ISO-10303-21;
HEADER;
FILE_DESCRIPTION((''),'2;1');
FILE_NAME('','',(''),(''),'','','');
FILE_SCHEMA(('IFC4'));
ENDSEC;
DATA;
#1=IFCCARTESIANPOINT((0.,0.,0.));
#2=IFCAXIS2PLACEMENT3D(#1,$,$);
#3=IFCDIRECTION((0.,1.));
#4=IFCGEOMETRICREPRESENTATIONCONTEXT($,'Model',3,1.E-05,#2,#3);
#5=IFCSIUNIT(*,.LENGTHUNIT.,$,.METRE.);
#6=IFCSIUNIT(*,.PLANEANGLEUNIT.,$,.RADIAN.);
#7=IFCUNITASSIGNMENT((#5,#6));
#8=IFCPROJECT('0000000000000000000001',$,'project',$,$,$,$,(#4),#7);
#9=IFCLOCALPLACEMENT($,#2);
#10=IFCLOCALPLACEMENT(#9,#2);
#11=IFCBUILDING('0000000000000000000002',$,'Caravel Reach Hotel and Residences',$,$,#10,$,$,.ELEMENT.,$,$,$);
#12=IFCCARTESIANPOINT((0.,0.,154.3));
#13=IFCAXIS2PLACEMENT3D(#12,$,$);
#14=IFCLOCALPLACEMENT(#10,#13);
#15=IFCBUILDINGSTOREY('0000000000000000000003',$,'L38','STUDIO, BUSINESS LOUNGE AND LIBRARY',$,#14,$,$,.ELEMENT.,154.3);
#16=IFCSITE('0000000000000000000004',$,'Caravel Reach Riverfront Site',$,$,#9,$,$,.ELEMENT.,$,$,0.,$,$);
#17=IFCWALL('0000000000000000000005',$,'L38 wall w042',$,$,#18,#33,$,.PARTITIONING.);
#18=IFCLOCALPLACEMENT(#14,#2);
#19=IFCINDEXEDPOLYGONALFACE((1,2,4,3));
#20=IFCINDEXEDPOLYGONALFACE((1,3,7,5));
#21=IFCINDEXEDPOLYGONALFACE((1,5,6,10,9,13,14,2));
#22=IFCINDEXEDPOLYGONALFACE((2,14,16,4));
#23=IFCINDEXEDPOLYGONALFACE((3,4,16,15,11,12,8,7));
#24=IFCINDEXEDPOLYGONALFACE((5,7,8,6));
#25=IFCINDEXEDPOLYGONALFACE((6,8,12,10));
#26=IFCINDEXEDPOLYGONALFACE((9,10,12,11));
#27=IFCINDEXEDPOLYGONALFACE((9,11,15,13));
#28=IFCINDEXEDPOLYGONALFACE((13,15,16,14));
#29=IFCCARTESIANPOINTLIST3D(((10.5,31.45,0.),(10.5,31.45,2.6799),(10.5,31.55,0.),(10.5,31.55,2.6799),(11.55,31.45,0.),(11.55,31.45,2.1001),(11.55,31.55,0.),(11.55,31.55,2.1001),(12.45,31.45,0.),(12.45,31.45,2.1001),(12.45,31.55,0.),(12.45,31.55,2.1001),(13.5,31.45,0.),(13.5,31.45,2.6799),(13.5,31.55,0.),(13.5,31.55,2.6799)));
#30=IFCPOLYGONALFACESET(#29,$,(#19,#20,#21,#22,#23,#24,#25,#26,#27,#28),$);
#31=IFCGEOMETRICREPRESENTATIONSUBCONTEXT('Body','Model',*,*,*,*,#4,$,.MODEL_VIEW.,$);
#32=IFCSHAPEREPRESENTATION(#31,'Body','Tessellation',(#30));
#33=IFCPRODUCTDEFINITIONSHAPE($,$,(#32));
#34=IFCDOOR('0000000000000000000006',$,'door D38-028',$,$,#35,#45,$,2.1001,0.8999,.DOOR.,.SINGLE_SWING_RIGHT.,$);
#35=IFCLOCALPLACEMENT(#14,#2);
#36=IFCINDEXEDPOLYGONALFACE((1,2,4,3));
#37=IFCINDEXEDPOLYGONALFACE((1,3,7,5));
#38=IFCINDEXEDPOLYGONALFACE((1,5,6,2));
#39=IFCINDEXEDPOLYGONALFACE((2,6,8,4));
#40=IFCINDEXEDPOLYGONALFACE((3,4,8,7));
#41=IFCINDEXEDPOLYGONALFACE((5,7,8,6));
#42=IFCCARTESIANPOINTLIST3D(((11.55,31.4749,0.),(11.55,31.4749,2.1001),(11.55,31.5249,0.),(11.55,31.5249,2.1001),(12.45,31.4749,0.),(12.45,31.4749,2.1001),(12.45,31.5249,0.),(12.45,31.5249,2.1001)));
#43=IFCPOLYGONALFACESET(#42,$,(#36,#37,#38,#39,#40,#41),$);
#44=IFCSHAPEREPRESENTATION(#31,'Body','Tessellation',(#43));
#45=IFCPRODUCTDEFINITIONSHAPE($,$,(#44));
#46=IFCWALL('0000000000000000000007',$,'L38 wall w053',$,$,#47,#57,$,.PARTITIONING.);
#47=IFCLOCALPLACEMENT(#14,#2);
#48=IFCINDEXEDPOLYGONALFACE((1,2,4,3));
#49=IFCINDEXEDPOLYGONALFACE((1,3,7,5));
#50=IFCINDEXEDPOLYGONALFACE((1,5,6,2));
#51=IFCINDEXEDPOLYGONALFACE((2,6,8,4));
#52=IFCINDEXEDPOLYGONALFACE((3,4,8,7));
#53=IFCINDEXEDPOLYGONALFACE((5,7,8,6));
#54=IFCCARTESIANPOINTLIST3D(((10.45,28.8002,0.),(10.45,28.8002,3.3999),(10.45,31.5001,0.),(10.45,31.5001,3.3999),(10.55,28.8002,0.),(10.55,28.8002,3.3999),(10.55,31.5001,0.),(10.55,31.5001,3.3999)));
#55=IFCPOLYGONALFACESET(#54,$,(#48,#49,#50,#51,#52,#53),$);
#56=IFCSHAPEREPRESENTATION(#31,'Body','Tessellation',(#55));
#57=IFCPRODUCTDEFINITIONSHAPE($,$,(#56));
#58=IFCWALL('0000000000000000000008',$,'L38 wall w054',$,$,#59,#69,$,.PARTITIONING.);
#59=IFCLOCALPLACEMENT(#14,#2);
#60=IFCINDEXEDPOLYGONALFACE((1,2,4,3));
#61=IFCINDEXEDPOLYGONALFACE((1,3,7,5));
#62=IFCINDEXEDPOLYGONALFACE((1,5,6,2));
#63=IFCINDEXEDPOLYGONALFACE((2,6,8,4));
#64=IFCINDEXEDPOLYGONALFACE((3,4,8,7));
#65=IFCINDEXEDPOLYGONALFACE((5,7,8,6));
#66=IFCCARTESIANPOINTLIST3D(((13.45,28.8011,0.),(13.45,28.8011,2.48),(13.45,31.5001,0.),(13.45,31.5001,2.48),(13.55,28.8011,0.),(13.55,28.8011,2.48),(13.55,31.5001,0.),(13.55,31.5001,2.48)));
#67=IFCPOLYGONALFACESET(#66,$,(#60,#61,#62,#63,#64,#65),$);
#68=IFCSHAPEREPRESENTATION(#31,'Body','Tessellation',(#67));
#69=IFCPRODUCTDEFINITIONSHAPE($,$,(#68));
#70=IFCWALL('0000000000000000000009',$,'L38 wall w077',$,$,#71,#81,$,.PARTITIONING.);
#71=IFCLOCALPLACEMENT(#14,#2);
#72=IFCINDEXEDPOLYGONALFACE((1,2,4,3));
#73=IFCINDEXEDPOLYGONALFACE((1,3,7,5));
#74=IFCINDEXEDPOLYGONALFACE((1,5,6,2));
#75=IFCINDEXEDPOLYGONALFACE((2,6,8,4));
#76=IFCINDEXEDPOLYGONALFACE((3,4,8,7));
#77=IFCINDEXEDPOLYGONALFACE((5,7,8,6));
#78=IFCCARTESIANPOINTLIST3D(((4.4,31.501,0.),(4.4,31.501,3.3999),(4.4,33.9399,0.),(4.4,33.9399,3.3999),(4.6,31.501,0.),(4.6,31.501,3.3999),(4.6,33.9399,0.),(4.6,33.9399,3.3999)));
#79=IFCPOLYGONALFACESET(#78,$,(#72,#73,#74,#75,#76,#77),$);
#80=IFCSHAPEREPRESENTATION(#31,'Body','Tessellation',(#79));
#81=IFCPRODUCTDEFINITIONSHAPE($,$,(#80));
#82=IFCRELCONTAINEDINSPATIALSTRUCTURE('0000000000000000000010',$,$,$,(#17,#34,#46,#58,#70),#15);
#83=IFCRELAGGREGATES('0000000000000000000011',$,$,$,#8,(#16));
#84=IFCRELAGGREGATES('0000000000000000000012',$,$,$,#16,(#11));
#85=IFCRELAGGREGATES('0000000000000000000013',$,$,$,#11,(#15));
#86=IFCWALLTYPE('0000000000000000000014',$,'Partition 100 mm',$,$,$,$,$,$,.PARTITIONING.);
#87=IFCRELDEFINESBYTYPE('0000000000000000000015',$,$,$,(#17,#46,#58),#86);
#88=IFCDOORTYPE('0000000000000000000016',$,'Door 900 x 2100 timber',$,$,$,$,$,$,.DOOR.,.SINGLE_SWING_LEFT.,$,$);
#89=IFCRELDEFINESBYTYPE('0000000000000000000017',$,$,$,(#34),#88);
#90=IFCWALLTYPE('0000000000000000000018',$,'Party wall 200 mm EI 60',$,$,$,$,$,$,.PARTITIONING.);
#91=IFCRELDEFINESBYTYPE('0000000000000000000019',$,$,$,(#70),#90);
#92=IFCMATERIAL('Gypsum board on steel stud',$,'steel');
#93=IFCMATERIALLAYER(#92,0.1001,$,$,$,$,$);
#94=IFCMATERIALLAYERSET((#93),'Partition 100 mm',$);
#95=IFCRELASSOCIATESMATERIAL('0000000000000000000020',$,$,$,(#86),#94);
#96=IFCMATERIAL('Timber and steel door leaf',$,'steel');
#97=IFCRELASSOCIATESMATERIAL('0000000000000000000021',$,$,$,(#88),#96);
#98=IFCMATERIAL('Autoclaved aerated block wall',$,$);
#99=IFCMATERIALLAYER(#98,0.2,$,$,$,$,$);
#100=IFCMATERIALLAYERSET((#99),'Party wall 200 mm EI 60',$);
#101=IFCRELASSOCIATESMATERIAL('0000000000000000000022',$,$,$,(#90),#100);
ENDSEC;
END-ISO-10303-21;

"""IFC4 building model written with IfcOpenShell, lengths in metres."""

from ifc_helpers import new_model, si_unit, direction, frame, frame_2d, origin, place, context, subcontext, project, spatial, rectangle, extrude, material, layer, layer_set, type_object, element, fill, save


model = new_model("IFC4")

# Units and contexts
model_context = context("Model", 3, precision=1e-05, world=origin(), true_north=direction((0.0, 1.0)))
body_context = subcontext(model_context, "Body", "Model", "MODEL_VIEW")
ifc_project = project(units=[si_unit("LENGTHUNIT", "METRE"), si_unit("PLANEANGLEUNIT", "RADIAN")], contexts=[model_context])

# Site, building, storey
site_placement = place(None, origin())
site = spatial("IfcSite", under=ifc_project, at=site_placement, Name="Caravel Reach Riverfront Site", CompositionType="ELEMENT", RefElevation=0.0)
building_placement = place(site_placement, origin())
building = spatial("IfcBuilding", under=site, at=building_placement, Name="Caravel Reach Hotel and Residences", CompositionType="ELEMENT")
storey_placement = place(building_placement, frame((0.0, 0.0, 154.3)))
storey = spatial("IfcBuildingStorey", under=building, at=storey_placement, Name="L38", Description="STUDIO, BUSINESS LOUNGE AND LIBRARY", CompositionType="ELEMENT", Elevation=154.3)

# Wall, opening, door
ifc_material_1 = material(Name="Gypsum board on steel stud", Category="steel")
ifc_layer_1 = layer(ifc_material_1, 0.1001)
ifc_layer_set_1 = layer_set([ifc_layer_1], Name="Partition 100 mm")
wall_type_1 = type_object("IfcWallType", Name="Partition 100 mm", PredefinedType="PARTITIONING", material=ifc_layer_set_1)
wall_1_placement = place(storey_placement, frame((10.5, 31.5, 0.0), z_axis=(0.0, 0.0, 1.0), x_axis=(1.0, 0.0, 0.0)))
wall_1 = element("IfcWall", 1, at=wall_1_placement, inside=storey, type_object=wall_type_1, Name="L38 wall w042", PredefinedType="PARTITIONING", context=body_context, shape_type="SweptSolid", body=[
    extrude(rectangle(XDim=3.0, YDim=0.1001, at=frame_2d((1.5, 0.0))), origin(), (0.0, 0.0, 1.0), 2.6799),
])
opening_1_placement = place(wall_1_placement, frame((1.05, 0.0, 0.0)))
opening_1 = element("IfcOpeningElement", 2, at=opening_1_placement, cuts=wall_1, PredefinedType="OPENING", context=body_context, shape_type="SweptSolid", body=[
    extrude(rectangle(XDim=0.8999, YDim=2.1001, at=frame_2d((0.45, 1.05))), frame((0.0, 0.0601, 0.0), z_axis=(0.0, -1.0, 0.0), x_axis=(1.0, 0.0, 0.0)), (0.0, 0.0, 1.0), 0.1201),
])
ifc_material_2 = material(Name="Timber and steel door leaf", Category="steel")
door_type_1 = type_object("IfcDoorType", Name="Door 900 x 2100 timber", OperationType="SINGLE_SWING_LEFT", PredefinedType="DOOR", material=ifc_material_2)
door_1_placement = place(opening_1_placement, origin())
door_1 = element("IfcDoor", 3, at=door_1_placement, inside=storey, type_object=door_type_1, Name="door D38-028", OperationType="SINGLE_SWING_RIGHT", OverallHeight=2.1001, OverallWidth=0.8999, PredefinedType="DOOR", context=body_context, shape_type="SweptSolid", body=[
    extrude(rectangle(XDim=0.8999, YDim=2.1001, at=frame_2d((0.45, 1.05))), frame((0.0, 0.0249, 0.0), z_axis=(0.0, -1.0, 0.0), x_axis=(1.0, 0.0, 0.0)), (0.0, 0.0, 1.0), 0.05),
])
fill(opening_1, door_1)

# Walls
wall_2_placement = place(storey_placement, frame((10.5, 28.8, 0.0), z_axis=(0.0, 0.0, 1.0), x_axis=(0.0, 1.0, 0.0)))
element("IfcWall", 4, at=wall_2_placement, inside=storey, type_object=wall_type_1, Name="L38 wall w053", PredefinedType="PARTITIONING", context=body_context, shape_type="SweptSolid", body=[
    extrude(rectangle(XDim=2.7, YDim=0.1001, at=frame_2d((1.3501, 0.0))), origin(), (0.0, 0.0, 1.0), 3.3999),
])
wall_3_placement = place(storey_placement, frame((13.5, 28.801, 0.0), z_axis=(0.0, 0.0, 1.0), x_axis=(0.0, 1.0, 0.0)))
element("IfcWall", 5, at=wall_3_placement, inside=storey, type_object=wall_type_1, Name="L38 wall w054", PredefinedType="PARTITIONING", context=body_context, shape_type="SweptSolid", body=[
    extrude(rectangle(XDim=2.699, YDim=0.1001, at=frame_2d((1.3496, 0.0))), origin(), (0.0, 0.0, 1.0), 2.48),
])
ifc_material_3 = material(Name="Autoclaved aerated block wall")
ifc_layer_2 = layer(ifc_material_3, 0.2)
ifc_layer_set_2 = layer_set([ifc_layer_2], Name="Party wall 200 mm EI 60")
wall_type_2 = type_object("IfcWallType", Name="Party wall 200 mm EI 60", PredefinedType="PARTITIONING", material=ifc_layer_set_2)
wall_4_placement = place(storey_placement, frame((4.5, 31.501, 0.0), z_axis=(0.0, 0.0, 1.0), x_axis=(0.0, 1.0, 0.0)))
element("IfcWall", 6, at=wall_4_placement, inside=storey, type_object=wall_type_2, Name="L38 wall w077", PredefinedType="PARTITIONING", context=body_context, shape_type="SweptSolid", body=[
    extrude(rectangle(XDim=2.439, YDim=0.2, at=frame_2d((1.2195, 0.0))), origin(), (0.0, 0.0, 1.0), 3.3999),
])

save(model, "model.ifc")
